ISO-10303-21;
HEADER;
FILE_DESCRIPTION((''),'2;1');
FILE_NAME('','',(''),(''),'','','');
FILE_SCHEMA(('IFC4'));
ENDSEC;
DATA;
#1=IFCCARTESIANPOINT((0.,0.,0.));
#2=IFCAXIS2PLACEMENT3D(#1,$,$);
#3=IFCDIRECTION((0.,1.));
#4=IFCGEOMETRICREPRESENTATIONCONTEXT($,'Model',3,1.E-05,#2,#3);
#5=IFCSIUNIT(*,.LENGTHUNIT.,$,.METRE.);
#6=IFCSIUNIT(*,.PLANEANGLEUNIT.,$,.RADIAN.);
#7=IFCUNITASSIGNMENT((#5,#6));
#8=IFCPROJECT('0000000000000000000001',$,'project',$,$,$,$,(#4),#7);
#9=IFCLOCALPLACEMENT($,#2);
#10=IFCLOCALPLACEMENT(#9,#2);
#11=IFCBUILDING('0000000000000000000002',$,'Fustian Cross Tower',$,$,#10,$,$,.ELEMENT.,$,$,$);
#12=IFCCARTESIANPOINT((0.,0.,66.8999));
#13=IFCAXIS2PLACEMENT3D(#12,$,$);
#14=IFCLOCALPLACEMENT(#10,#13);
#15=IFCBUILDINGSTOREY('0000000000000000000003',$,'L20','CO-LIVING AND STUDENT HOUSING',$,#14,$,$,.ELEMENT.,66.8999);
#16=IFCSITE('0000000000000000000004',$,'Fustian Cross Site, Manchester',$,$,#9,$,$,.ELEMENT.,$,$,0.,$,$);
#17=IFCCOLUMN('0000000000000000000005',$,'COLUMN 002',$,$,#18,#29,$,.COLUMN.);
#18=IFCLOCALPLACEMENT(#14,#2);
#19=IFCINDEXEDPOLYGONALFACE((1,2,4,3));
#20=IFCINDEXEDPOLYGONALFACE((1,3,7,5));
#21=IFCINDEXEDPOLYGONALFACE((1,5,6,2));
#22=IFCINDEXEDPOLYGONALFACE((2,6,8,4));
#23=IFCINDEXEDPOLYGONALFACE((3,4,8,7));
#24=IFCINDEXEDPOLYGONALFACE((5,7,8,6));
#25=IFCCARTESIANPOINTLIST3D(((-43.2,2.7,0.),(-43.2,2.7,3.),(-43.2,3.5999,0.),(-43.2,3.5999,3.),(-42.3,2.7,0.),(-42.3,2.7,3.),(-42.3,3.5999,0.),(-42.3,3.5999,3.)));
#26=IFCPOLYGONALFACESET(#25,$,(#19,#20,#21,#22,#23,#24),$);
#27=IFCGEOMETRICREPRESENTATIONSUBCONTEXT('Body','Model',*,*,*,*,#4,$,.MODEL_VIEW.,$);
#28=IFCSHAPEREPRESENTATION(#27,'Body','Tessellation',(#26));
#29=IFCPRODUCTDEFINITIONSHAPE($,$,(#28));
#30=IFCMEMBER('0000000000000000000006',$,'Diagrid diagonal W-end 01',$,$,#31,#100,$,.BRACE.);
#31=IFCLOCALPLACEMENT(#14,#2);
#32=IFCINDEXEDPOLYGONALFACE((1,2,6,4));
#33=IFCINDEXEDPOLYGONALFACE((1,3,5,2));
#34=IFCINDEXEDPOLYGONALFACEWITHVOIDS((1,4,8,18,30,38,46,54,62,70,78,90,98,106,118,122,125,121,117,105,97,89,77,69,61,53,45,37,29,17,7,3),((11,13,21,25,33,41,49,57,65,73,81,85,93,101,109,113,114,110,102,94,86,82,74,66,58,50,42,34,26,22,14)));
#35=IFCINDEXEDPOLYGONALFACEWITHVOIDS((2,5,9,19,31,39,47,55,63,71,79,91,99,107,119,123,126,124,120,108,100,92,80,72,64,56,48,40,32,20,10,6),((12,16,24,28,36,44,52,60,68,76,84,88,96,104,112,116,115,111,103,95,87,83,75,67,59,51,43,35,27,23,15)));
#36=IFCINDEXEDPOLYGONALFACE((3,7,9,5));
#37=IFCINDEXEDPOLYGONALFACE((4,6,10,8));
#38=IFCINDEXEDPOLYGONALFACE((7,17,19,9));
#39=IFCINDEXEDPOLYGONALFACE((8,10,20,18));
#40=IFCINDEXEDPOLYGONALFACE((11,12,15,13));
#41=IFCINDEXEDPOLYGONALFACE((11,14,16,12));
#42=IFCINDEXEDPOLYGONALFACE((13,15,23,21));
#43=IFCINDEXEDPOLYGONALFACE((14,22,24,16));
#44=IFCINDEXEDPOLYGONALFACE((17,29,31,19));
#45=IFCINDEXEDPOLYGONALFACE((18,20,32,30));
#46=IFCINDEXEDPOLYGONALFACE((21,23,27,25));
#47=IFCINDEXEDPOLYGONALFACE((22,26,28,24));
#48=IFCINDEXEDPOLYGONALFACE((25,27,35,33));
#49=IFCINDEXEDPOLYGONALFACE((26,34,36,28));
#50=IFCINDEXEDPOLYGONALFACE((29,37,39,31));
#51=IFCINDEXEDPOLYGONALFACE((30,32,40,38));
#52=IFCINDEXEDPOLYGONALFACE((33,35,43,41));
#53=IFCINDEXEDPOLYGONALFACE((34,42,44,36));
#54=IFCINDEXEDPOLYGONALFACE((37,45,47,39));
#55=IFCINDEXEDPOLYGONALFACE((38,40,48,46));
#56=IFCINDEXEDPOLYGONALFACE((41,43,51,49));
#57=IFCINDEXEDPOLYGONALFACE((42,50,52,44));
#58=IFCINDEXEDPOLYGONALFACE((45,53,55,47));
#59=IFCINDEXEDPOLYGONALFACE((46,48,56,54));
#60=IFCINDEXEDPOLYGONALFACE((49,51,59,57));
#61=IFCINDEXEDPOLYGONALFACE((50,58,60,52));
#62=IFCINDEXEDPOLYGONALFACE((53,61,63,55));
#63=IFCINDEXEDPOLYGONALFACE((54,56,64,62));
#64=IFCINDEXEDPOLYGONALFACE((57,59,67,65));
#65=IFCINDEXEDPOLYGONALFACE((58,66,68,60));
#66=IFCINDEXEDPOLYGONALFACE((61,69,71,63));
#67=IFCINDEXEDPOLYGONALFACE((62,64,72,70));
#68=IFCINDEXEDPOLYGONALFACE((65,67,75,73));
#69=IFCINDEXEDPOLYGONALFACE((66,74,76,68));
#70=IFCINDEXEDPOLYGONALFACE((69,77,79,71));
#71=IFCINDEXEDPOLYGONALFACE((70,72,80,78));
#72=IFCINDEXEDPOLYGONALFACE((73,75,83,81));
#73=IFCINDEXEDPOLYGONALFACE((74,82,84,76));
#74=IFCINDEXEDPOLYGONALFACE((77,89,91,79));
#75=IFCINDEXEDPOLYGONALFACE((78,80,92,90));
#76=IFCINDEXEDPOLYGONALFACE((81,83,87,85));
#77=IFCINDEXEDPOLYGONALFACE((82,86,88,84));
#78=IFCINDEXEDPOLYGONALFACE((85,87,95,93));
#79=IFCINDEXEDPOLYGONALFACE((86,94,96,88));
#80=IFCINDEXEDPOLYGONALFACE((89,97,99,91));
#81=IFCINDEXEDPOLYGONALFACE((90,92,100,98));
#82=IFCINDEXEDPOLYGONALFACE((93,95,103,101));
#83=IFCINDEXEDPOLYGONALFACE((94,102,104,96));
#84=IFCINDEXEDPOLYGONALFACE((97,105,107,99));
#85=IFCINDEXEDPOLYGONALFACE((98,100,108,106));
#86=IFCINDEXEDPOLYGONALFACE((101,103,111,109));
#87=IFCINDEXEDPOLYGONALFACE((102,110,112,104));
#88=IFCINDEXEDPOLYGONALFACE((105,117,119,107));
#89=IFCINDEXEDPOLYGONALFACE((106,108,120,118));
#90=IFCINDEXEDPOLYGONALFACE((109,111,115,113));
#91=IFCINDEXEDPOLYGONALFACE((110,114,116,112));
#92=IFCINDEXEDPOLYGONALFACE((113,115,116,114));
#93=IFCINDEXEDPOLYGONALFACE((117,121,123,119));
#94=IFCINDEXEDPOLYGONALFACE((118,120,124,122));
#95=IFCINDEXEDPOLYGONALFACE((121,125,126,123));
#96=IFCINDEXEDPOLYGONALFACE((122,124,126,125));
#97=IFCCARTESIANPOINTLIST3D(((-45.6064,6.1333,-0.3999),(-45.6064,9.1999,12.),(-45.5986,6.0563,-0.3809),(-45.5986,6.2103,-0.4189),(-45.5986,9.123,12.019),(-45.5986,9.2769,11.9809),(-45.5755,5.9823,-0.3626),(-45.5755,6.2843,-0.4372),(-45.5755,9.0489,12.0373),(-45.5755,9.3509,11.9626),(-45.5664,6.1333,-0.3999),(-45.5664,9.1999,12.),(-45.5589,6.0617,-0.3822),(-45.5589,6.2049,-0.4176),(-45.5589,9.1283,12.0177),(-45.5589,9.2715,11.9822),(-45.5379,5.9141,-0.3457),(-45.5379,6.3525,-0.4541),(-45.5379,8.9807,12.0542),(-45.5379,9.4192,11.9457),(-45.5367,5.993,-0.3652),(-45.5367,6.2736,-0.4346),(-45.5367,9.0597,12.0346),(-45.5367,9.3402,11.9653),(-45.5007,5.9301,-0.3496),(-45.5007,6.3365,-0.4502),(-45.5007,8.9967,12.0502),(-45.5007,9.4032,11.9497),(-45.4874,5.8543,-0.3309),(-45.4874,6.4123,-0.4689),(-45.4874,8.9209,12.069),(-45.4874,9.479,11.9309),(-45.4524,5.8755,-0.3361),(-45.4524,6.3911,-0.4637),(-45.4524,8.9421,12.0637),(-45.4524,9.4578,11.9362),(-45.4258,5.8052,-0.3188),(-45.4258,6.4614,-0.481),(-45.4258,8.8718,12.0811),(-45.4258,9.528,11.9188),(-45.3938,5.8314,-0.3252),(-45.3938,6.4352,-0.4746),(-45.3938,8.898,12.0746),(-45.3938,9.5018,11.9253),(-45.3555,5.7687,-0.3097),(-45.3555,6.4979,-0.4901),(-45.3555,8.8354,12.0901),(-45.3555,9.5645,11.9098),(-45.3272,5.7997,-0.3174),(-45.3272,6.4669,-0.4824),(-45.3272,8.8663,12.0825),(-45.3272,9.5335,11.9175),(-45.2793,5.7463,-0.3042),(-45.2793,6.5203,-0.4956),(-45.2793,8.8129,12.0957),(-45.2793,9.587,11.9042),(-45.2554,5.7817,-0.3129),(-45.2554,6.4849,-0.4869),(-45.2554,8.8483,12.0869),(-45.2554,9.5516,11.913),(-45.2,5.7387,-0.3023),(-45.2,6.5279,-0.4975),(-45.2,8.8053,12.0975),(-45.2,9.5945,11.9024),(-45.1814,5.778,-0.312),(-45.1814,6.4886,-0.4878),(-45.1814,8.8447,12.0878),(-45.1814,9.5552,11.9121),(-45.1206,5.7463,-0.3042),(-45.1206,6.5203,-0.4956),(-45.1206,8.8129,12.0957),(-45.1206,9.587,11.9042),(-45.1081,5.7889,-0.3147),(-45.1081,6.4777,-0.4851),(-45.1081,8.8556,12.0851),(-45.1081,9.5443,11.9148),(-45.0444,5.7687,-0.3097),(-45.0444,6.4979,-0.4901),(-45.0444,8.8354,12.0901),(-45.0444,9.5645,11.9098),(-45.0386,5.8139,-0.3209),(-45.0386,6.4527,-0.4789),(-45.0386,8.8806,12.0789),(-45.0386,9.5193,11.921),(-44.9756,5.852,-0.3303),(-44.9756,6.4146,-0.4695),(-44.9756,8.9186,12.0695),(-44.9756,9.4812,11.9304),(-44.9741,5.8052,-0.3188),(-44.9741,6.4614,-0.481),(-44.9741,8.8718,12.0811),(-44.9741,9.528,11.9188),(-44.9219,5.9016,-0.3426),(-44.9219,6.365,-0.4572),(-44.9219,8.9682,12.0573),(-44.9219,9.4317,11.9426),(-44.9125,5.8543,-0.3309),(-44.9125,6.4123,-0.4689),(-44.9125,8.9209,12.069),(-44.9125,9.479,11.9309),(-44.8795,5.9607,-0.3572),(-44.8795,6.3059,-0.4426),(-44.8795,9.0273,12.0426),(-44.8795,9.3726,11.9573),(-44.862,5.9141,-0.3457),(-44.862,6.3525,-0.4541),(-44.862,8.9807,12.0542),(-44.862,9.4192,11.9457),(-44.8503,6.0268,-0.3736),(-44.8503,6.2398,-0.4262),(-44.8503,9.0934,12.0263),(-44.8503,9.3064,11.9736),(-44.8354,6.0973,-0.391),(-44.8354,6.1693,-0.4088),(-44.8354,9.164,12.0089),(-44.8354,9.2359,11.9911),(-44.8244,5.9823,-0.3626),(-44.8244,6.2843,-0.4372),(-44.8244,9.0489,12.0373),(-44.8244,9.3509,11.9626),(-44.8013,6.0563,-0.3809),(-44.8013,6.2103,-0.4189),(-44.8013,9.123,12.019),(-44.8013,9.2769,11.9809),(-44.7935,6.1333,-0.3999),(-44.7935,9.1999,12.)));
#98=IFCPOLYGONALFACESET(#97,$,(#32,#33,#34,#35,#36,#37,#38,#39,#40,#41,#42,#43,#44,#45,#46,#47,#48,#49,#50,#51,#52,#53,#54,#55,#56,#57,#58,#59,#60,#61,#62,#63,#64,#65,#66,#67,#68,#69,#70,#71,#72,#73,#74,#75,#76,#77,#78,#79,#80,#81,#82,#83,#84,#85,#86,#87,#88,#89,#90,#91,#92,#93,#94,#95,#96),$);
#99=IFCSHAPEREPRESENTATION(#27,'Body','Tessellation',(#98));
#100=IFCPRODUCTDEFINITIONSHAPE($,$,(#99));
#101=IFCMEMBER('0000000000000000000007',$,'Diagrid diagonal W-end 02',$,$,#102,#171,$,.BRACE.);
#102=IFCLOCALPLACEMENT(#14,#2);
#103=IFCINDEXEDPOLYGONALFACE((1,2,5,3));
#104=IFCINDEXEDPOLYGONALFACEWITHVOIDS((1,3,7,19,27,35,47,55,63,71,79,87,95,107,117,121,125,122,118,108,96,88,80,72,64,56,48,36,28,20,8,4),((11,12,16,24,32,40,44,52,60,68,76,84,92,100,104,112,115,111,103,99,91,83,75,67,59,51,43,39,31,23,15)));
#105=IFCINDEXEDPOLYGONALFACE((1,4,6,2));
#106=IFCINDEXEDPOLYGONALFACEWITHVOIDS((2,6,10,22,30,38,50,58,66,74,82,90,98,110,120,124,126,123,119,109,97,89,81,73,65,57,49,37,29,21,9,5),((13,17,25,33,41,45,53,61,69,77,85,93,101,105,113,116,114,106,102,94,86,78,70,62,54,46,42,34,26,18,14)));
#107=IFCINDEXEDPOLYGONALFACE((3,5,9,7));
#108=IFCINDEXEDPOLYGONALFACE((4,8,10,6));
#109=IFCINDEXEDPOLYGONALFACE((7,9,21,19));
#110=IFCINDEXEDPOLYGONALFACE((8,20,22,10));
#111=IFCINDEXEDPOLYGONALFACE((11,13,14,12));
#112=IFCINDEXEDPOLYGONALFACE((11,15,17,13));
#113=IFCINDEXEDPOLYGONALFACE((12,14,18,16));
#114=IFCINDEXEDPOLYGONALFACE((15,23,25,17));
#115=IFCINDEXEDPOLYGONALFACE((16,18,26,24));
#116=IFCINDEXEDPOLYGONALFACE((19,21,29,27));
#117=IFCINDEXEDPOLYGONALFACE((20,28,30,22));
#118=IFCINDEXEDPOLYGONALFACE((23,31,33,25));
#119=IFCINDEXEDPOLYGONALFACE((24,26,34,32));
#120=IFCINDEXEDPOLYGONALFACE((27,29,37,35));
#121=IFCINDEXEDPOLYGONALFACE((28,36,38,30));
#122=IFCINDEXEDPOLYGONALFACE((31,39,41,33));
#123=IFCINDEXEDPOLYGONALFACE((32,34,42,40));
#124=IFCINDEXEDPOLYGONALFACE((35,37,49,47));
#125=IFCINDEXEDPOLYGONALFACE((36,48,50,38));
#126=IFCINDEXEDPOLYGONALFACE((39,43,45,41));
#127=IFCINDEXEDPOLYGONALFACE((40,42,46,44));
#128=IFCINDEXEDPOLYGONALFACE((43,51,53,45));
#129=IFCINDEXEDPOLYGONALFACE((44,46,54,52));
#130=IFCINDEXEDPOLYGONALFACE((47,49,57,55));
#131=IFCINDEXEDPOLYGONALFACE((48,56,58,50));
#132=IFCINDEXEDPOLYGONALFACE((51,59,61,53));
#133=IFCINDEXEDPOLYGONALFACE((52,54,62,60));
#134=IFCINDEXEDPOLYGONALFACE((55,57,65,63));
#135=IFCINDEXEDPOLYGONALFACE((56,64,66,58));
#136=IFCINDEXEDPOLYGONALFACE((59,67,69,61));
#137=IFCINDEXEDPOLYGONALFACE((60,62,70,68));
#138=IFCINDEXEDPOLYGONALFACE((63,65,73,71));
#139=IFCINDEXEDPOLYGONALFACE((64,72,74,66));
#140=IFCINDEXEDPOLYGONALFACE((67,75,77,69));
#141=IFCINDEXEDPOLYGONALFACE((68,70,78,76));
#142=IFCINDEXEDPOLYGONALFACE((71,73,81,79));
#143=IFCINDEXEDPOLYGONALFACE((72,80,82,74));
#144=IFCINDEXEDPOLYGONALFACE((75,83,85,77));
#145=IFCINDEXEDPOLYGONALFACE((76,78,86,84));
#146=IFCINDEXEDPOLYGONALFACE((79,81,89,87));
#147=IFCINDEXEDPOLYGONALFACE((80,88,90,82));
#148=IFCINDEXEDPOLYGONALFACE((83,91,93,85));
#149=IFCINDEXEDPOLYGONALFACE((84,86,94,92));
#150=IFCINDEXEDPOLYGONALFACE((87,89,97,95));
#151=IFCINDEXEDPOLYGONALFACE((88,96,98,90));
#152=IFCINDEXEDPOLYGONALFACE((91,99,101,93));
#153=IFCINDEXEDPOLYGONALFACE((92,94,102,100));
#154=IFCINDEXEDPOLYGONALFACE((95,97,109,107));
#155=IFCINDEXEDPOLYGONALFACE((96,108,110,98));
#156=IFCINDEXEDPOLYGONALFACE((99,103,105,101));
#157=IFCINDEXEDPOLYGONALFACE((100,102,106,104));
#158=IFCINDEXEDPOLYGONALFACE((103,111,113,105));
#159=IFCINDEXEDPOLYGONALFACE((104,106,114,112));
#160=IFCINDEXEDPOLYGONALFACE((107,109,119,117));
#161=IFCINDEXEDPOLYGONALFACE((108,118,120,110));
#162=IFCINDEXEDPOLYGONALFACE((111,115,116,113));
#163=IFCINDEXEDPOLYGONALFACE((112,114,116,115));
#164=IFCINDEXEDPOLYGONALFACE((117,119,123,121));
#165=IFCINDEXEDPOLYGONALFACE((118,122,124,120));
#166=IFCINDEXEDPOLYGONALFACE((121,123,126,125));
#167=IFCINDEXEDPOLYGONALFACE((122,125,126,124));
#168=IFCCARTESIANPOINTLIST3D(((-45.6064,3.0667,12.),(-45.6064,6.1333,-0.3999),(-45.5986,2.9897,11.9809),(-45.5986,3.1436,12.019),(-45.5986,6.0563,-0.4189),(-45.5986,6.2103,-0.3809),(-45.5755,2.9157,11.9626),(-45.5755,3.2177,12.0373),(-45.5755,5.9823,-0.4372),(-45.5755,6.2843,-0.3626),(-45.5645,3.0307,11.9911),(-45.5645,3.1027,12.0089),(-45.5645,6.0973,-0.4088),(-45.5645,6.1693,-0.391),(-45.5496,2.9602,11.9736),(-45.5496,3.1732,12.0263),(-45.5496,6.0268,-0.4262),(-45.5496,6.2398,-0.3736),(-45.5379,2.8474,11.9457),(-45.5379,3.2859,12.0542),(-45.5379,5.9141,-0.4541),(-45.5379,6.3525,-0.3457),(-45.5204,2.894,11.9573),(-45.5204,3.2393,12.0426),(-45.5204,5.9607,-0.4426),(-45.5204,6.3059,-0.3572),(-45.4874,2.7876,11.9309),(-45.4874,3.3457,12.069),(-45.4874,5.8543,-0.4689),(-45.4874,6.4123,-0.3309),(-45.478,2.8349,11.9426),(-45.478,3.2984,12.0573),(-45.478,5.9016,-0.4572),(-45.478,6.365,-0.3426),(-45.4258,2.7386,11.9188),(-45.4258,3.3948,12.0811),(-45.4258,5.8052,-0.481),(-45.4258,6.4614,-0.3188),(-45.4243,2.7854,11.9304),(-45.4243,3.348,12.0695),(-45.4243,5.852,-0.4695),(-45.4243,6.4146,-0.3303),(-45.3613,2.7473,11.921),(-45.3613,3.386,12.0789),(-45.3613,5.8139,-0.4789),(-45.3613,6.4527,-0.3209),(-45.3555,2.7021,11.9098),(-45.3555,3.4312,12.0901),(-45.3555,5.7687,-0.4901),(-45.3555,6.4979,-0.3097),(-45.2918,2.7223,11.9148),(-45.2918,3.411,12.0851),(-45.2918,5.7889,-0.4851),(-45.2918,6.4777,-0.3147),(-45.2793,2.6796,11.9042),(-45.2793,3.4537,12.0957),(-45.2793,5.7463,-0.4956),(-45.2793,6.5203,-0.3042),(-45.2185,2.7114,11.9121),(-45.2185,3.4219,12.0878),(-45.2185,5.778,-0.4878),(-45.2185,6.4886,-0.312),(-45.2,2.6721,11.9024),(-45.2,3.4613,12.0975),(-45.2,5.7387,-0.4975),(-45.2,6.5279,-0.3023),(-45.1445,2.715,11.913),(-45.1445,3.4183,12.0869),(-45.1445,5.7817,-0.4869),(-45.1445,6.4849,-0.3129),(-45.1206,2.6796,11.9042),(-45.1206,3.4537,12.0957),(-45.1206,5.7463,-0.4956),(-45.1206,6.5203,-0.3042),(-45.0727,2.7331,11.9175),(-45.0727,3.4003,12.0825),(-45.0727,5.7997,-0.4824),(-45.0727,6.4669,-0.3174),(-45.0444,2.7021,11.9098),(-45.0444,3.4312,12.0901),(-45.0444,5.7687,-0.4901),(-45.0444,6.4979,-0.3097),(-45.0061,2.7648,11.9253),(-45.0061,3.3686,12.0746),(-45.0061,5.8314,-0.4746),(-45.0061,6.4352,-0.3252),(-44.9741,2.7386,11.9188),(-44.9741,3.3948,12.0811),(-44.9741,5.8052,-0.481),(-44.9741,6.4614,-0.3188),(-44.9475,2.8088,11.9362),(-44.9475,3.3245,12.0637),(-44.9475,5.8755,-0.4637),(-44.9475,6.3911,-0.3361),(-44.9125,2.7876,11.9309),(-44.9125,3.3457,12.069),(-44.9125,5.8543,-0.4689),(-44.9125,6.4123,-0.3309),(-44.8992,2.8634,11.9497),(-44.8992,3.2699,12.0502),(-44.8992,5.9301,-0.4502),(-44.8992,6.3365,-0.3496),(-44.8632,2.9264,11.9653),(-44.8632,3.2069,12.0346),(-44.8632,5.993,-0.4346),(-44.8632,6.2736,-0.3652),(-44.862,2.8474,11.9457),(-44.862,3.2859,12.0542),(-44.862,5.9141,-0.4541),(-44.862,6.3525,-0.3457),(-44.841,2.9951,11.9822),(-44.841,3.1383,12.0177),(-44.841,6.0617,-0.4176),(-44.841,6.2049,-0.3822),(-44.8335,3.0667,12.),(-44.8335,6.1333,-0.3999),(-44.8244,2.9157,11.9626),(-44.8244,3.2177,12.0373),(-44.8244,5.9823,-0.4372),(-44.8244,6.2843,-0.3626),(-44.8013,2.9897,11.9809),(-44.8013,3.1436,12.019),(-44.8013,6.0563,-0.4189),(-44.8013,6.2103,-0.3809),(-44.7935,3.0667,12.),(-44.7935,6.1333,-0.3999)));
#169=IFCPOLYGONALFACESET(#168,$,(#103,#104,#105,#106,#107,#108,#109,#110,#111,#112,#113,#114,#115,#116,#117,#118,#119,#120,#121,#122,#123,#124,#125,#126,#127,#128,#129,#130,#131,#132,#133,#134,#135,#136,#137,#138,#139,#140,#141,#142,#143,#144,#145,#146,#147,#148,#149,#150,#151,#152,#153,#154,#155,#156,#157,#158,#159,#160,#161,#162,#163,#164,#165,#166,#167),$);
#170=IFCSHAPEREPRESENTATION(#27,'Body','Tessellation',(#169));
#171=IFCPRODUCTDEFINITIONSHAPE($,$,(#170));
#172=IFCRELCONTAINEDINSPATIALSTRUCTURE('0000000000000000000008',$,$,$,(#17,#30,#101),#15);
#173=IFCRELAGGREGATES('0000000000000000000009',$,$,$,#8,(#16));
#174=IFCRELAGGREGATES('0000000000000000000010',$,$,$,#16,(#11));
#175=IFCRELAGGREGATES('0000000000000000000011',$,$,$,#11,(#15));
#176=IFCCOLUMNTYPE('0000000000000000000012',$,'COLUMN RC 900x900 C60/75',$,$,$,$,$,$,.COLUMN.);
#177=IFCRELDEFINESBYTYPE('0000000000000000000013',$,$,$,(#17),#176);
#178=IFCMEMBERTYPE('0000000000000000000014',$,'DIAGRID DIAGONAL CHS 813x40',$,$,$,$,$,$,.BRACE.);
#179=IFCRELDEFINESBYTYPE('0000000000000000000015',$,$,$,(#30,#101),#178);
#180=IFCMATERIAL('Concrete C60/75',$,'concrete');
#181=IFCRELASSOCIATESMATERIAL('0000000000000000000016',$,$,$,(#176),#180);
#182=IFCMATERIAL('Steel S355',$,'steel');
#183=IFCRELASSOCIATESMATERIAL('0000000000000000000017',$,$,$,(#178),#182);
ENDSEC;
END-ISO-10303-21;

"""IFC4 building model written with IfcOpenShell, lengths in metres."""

from ifc_helpers import new_model, si_unit, direction, frame, origin, origin_2d, place, context, subcontext, project, spatial, rectangle, hollow_circle, extrude, material, material_profile, profile_set, type_object, element, save


model = new_model("IFC4")

# Units and contexts
model_context = context("Model", 3, precision=1e-05, world=origin(), true_north=direction((0.0, 1.0)))
body_context = subcontext(model_context, "Body", "Model", "MODEL_VIEW")
ifc_project = project(units=[si_unit("LENGTHUNIT", "METRE"), si_unit("PLANEANGLEUNIT", "RADIAN")], contexts=[model_context])

# Site, building, storey
site_placement = place(None, origin())
site = spatial("IfcSite", under=ifc_project, at=site_placement, Name="Fustian Cross Site, Manchester", CompositionType="ELEMENT", RefElevation=0.0)
building_placement = place(site_placement, origin())
building = spatial("IfcBuilding", under=site, at=building_placement, Name="Fustian Cross Tower", CompositionType="ELEMENT")
storey_placement = place(building_placement, frame((0.0, 0.0, 66.8999)))
storey = spatial("IfcBuildingStorey", under=building, at=storey_placement, Name="L20", Description="CO-LIVING AND STUDENT HOUSING", CompositionType="ELEMENT", Elevation=66.8999)

# Column
ifc_material_1 = material(Name="Concrete C60/75", Category="concrete")
ifc_material_profile_1 = material_profile(ifc_material_1, rectangle(XDim=0.8999, YDim=0.8999, at=origin_2d()), Name="RC 900x900")
ifc_profile_set_1 = profile_set([ifc_material_profile_1], Name="Concrete C60/75")
column_type = type_object("IfcColumnType", Name="COLUMN RC 900x900 C60/75", PredefinedType="COLUMN", material=ifc_profile_set_1)
column_placement = place(storey_placement, frame((-42.75, 3.1499, 0.0), z_axis=(0.0, 0.0, 1.0), x_axis=(1.0, 0.0, 0.0)))
element("IfcColumn", 1, at=column_placement, inside=storey, type_object=column_type, Name="COLUMN 002", PredefinedType="COLUMN", context=body_context, shape_type="SweptSolid", body=[
    extrude(rectangle(XDim=0.8999, YDim=0.8999, at=origin_2d()), origin(), (0.0, 0.0, 1.0), 3.0),
])

# Members
ifc_material_2 = material(Name="Steel S355", Category="steel")
ifc_material_profile_2 = material_profile(ifc_material_2, hollow_circle(Radius=0.4065, WallThickness=0.04, at=origin_2d()), Name="CHS 813x40")
ifc_profile_set_2 = profile_set([ifc_material_profile_2], Name="Steel S355")
member_type_1 = type_object("IfcMemberType", Name="DIAGRID DIAGONAL CHS 813x40", PredefinedType="BRACE", material=ifc_profile_set_2)
for number, where, z_axis, x_axis, name in (
    (2, (-45.2, 6.1333, -0.3999), (0.0, 0.240079, 0.970753), (-1.0, 0.0, 0.0), "Diagrid diagonal W-end 01"),
    (3, (-45.2, 6.1333, -0.3999), (0.0, -0.240079, 0.970753), (1.0, 0.0, 0.0), "Diagrid diagonal W-end 02"),
):
    element("IfcMember", number, at=place(storey_placement, frame(where, z_axis=z_axis, x_axis=x_axis)), inside=storey, type_object=member_type_1, Name=name, PredefinedType="BRACE", context=body_context, shape_type="SweptSolid", body=[
        extrude(hollow_circle(Radius=0.4065, WallThickness=0.04, at=origin_2d()), origin(), (0.0, 0.0, 1.0), 12.7734),
    ])

save(model, "model.ifc")
